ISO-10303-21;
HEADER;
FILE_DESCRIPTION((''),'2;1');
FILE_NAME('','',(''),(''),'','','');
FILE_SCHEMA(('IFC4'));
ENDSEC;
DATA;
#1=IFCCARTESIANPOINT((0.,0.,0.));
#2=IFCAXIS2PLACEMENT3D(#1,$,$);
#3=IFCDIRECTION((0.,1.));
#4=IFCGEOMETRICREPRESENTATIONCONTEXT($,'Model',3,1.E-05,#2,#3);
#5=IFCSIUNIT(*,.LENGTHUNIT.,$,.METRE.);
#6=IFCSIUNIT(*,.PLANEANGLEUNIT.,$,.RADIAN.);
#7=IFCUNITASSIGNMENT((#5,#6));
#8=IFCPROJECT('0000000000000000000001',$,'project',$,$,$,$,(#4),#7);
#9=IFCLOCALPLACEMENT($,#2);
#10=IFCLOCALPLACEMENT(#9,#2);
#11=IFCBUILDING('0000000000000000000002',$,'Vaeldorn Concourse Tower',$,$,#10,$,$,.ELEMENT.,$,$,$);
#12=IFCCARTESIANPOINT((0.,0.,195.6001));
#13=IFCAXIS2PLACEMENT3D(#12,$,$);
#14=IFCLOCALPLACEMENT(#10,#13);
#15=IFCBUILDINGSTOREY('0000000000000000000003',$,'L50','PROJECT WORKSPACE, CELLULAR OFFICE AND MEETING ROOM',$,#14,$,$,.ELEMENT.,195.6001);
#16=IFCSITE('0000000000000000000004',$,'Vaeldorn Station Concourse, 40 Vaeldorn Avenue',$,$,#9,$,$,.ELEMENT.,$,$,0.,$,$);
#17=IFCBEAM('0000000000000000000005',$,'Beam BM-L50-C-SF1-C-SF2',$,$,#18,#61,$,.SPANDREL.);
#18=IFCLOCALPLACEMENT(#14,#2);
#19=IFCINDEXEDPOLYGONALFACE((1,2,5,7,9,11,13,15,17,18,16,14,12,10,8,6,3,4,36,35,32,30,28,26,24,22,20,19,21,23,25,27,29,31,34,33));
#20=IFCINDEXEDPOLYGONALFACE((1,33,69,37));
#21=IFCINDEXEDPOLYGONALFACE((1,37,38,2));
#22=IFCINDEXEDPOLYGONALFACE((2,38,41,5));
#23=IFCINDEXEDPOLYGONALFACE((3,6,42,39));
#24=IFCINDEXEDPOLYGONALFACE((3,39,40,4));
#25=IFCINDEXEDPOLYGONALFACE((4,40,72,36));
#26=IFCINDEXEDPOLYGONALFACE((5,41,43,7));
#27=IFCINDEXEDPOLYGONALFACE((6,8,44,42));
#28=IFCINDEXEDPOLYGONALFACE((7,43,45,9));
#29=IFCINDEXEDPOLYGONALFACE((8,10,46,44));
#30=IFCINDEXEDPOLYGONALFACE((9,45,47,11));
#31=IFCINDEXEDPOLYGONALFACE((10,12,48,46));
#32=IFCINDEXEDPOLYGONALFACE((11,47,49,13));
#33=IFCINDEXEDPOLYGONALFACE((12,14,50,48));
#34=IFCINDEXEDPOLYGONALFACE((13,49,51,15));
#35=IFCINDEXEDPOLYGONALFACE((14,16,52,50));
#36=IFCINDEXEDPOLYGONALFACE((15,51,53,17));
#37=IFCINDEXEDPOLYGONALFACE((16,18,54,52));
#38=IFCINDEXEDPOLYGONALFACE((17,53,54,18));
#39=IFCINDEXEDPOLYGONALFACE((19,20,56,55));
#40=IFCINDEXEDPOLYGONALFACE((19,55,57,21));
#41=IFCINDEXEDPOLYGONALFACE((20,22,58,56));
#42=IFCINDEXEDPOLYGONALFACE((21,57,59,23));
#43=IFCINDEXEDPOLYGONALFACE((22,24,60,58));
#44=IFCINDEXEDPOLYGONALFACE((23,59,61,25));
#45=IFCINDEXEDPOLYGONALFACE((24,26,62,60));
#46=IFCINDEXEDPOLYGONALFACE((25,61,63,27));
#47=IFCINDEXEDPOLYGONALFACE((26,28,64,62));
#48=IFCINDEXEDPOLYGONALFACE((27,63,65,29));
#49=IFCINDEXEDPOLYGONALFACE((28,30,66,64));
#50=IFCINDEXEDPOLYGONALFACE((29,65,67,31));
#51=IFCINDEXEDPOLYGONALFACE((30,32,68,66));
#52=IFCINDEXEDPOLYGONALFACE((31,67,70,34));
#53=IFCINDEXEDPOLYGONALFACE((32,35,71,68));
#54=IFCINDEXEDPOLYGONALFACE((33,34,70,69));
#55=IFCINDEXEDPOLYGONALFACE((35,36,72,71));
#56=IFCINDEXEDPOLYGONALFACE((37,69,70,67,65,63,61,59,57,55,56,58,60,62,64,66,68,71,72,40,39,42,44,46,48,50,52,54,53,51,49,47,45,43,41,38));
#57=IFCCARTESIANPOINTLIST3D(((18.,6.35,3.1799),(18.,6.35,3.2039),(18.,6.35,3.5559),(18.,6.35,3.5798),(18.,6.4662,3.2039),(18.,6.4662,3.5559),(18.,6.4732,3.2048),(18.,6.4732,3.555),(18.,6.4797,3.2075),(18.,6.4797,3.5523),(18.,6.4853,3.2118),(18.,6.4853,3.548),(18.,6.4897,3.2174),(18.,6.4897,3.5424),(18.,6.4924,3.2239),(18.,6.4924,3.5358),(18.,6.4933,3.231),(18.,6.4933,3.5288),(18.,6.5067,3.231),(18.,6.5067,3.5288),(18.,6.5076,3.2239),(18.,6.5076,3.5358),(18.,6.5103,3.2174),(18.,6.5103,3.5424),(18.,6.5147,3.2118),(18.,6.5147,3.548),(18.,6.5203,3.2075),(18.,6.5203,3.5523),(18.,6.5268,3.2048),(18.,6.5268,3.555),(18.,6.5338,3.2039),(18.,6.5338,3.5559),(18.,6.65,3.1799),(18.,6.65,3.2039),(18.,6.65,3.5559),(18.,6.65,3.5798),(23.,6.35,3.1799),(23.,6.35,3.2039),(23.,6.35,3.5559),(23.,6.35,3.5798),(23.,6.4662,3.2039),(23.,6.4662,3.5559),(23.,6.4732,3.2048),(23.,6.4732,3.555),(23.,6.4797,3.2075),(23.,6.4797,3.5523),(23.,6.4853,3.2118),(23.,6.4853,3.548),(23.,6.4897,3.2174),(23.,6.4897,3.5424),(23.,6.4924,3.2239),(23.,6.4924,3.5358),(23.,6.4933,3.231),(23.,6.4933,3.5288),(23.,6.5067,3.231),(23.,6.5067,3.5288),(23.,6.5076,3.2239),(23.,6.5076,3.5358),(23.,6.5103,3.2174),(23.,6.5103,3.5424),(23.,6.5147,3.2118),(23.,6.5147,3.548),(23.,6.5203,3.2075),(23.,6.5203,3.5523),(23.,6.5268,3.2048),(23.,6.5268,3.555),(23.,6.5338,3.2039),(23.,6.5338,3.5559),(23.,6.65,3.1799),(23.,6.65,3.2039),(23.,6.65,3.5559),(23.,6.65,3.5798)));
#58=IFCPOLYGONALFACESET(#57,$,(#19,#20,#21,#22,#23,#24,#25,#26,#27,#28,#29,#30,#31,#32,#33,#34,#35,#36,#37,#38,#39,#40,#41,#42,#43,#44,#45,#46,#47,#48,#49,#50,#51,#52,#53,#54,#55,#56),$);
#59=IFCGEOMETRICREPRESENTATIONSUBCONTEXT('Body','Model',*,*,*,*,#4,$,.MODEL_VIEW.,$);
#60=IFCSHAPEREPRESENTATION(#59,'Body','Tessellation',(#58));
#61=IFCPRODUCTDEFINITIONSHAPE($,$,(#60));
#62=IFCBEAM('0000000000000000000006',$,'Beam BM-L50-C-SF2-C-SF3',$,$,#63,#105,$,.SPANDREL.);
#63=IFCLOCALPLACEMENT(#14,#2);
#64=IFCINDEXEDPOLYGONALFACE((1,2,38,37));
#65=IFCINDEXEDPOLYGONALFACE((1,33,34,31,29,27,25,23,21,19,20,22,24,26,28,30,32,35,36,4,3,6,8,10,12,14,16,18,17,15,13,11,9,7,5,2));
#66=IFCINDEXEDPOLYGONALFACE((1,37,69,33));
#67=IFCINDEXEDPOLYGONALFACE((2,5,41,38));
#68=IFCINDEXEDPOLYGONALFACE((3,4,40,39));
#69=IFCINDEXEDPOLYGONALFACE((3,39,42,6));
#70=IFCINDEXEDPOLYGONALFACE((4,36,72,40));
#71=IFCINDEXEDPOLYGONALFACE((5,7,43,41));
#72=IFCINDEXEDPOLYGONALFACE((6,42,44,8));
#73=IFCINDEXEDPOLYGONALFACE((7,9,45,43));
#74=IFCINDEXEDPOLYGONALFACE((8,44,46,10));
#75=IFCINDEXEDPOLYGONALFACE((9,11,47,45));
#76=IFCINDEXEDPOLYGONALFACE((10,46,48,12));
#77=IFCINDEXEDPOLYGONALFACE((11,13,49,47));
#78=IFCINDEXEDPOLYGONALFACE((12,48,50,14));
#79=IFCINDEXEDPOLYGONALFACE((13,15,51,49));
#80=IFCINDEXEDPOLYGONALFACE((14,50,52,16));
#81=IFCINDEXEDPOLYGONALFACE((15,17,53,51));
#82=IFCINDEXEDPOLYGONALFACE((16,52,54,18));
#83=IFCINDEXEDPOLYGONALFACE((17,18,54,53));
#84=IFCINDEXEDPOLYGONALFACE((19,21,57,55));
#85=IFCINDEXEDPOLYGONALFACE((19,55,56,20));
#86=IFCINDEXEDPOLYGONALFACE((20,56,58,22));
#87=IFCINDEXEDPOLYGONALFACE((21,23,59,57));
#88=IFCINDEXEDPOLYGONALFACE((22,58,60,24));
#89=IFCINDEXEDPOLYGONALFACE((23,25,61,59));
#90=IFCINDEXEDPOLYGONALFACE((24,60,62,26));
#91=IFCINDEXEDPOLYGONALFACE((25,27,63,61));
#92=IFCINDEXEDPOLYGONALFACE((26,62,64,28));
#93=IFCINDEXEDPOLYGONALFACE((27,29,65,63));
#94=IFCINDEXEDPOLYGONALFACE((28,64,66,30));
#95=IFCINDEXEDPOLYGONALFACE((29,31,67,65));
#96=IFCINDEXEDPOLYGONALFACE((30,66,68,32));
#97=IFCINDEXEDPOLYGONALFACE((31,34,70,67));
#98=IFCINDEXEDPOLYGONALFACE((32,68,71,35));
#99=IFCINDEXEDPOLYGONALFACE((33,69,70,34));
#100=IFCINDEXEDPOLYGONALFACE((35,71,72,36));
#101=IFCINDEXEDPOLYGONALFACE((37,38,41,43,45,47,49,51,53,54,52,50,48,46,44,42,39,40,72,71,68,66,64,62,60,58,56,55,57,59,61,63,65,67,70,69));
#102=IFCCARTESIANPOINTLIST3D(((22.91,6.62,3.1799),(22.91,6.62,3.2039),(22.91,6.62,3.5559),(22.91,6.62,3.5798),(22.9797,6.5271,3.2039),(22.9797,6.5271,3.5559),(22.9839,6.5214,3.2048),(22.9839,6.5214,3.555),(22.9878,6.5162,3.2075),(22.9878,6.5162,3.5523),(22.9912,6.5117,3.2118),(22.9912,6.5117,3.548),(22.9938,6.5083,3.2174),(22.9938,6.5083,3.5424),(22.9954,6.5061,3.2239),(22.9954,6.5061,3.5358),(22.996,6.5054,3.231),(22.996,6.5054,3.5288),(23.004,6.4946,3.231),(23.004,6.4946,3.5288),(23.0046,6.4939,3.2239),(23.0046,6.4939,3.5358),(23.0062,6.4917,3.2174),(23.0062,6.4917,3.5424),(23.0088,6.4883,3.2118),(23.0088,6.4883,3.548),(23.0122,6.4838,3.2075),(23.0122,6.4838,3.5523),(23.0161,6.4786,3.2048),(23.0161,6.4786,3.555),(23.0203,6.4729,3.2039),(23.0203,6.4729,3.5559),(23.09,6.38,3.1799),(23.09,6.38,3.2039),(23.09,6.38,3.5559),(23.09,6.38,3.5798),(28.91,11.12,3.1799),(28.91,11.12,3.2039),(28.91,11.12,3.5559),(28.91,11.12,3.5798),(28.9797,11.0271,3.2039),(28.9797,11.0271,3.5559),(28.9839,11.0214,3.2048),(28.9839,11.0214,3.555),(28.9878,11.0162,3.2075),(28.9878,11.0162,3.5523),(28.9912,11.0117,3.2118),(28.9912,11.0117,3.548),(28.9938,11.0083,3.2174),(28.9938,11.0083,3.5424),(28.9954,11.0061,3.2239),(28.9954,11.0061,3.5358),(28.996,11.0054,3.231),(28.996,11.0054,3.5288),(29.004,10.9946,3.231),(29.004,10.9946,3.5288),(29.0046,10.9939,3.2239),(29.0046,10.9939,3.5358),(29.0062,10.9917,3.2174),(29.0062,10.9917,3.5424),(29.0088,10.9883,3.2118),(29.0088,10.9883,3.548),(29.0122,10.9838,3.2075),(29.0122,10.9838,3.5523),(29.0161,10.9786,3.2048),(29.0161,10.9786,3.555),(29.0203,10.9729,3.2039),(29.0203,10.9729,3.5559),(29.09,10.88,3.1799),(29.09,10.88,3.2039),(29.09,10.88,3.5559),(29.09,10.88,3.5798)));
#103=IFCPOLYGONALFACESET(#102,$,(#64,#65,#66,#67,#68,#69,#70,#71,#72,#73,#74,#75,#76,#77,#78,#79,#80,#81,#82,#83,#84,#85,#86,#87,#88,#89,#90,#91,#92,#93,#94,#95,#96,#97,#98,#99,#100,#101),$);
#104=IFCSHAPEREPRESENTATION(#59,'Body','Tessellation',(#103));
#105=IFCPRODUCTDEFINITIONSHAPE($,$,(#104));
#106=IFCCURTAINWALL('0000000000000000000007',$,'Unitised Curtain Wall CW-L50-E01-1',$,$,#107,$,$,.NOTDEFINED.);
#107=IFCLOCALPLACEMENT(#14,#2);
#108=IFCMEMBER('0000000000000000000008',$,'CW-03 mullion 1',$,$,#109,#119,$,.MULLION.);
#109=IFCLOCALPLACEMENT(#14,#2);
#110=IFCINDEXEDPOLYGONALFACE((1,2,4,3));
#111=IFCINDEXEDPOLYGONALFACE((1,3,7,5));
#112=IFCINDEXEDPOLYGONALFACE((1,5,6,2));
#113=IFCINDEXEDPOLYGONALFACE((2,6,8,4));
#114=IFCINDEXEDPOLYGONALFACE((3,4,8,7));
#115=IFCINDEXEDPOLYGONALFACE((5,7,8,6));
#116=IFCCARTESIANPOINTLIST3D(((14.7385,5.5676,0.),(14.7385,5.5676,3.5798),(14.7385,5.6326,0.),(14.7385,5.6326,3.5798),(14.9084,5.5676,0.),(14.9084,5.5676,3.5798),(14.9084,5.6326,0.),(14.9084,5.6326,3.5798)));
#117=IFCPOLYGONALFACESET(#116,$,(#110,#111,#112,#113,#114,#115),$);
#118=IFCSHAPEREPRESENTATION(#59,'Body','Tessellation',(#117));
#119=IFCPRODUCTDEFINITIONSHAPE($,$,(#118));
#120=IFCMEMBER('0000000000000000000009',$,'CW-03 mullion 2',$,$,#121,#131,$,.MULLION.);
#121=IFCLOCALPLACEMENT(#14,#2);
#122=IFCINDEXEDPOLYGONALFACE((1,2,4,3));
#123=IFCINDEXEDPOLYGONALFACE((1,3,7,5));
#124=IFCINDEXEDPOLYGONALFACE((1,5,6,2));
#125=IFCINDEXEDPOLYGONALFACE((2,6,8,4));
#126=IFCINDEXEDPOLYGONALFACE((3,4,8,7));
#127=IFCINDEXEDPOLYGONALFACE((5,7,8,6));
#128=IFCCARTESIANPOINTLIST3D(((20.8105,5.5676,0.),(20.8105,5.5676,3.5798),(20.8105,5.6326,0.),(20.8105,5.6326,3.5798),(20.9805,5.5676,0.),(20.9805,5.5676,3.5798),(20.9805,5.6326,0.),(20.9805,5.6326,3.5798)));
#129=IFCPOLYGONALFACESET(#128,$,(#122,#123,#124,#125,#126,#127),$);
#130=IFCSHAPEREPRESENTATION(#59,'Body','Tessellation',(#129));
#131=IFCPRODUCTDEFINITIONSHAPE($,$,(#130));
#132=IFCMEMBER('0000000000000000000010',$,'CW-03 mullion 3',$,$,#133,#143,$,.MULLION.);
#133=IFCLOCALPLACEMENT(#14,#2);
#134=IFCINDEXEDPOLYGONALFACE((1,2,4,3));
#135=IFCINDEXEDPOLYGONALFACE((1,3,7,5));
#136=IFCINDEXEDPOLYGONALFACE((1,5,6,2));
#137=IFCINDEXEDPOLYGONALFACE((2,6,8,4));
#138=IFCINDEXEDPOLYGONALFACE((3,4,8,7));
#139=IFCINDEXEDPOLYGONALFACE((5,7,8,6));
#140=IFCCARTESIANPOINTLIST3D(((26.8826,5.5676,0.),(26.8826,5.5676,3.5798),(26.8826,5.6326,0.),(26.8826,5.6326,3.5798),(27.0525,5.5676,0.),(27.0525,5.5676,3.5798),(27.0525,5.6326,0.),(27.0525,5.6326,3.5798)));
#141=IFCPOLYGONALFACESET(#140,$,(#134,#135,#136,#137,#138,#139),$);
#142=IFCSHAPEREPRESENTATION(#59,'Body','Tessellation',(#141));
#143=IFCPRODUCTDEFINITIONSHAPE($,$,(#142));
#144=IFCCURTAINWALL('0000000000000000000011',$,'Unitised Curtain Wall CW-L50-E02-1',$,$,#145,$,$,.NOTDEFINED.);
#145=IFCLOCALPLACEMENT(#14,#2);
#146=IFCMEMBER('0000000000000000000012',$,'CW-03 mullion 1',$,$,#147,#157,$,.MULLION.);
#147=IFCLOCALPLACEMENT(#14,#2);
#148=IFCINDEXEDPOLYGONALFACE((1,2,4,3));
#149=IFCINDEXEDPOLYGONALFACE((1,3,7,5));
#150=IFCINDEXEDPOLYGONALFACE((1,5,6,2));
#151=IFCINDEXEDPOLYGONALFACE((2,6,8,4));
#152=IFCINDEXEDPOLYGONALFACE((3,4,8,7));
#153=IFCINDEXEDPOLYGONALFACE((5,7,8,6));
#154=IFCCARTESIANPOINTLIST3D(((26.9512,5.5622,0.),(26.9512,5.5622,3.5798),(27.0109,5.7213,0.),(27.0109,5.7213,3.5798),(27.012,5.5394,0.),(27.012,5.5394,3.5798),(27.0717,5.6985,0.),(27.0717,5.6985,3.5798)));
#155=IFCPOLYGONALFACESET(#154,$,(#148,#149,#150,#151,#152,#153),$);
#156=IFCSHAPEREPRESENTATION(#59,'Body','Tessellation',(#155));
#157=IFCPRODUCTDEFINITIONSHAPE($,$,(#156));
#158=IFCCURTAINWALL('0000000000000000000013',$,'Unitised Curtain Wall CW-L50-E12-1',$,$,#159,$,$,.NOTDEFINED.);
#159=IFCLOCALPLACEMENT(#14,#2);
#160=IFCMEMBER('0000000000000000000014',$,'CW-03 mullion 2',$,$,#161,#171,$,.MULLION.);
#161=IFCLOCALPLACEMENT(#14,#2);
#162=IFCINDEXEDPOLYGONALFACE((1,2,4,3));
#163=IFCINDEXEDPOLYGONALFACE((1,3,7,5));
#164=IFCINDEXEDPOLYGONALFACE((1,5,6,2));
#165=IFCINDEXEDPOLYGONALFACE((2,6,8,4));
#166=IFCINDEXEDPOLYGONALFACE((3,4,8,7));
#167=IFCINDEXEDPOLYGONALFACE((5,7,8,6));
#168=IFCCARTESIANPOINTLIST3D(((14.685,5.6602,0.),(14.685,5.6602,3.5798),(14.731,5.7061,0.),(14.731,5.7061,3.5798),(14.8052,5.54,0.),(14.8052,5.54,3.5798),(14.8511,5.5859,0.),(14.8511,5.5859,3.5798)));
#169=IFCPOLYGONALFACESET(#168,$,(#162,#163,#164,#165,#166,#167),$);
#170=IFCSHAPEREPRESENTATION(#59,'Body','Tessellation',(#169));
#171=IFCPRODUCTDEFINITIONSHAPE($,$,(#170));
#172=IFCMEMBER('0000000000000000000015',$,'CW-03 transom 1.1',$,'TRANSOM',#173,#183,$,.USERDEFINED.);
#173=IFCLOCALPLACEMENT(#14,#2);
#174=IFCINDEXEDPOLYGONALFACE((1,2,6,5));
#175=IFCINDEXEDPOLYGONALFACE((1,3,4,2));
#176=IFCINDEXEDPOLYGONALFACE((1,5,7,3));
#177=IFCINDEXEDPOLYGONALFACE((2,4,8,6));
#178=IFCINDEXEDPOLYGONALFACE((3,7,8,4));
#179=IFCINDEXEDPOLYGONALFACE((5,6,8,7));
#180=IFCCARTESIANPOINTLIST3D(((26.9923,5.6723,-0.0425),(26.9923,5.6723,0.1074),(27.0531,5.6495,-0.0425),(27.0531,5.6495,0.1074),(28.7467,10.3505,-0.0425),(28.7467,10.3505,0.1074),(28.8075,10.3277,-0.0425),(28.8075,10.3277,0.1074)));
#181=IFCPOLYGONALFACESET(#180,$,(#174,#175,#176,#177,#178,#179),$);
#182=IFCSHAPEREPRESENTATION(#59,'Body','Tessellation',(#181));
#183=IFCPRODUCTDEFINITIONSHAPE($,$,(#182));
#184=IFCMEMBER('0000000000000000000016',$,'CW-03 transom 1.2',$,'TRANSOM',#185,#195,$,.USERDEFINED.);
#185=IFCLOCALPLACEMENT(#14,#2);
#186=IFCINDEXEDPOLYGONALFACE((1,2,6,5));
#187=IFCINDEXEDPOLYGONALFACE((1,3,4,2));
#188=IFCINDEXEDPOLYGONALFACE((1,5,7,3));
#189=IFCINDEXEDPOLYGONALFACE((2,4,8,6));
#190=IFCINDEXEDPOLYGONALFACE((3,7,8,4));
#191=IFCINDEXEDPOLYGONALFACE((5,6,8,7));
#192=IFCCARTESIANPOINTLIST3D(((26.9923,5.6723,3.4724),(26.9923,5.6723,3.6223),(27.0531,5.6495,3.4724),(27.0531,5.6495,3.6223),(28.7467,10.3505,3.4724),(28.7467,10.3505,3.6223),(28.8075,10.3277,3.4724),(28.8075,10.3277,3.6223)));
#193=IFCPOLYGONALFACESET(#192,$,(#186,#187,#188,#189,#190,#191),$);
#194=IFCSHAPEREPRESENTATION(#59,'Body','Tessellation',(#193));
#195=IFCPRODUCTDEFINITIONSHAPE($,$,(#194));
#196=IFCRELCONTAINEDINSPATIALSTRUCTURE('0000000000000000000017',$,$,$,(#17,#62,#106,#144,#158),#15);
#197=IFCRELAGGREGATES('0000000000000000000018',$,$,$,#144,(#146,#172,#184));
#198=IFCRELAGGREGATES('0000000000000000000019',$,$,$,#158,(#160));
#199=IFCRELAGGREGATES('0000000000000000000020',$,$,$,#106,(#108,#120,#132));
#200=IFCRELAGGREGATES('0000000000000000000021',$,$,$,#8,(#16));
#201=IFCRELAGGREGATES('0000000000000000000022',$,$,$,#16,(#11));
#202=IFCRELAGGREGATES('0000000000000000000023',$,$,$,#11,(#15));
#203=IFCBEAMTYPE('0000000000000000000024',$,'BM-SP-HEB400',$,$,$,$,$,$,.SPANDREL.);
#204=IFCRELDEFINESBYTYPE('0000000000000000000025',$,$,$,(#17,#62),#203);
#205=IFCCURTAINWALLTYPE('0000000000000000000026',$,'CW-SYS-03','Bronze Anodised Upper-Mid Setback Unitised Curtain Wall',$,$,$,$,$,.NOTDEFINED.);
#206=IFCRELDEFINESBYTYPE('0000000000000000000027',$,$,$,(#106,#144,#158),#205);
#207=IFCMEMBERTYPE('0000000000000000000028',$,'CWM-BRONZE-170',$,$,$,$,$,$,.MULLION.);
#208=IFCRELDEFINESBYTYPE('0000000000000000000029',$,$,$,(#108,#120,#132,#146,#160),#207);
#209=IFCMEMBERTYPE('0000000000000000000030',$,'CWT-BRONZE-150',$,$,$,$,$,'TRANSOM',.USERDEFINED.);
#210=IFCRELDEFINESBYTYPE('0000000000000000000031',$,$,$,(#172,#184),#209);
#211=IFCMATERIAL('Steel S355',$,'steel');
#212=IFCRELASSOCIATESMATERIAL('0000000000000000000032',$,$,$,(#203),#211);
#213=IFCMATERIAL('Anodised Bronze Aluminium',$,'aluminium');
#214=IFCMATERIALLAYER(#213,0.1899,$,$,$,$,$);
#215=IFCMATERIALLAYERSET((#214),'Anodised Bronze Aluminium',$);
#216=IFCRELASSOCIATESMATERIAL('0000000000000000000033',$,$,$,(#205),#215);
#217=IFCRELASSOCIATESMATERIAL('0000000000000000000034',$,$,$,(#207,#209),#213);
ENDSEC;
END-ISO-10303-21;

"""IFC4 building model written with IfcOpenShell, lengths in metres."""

from ifc_helpers import new_model, si_unit, direction, frame, origin, origin_2d, place, context, subcontext, project, spatial, rectangle, i_section, extrude, source, transform, mapped, material, layer, layer_set, material_profile, profile_set, type_object, element, aggregate, save


model = new_model("IFC4")

# Units and contexts
model_context = context("Model", 3, precision=1e-05, world=origin(), true_north=direction((0.0, 1.0)))
body_context = subcontext(model_context, "Body", "Model", "MODEL_VIEW")
ifc_project = project(units=[si_unit("LENGTHUNIT", "METRE"), si_unit("PLANEANGLEUNIT", "RADIAN")], contexts=[model_context])

# Site, building, storey
site_placement = place(None, origin())
site = spatial("IfcSite", under=ifc_project, at=site_placement, Name="Vaeldorn Station Concourse, 40 Vaeldorn Avenue", CompositionType="ELEMENT", RefElevation=0.0)
building_placement = place(site_placement, origin())
building = spatial("IfcBuilding", under=site, at=building_placement, Name="Vaeldorn Concourse Tower", CompositionType="ELEMENT")
storey_placement = place(building_placement, frame((0.0, 0.0, 195.6001)))
storey = spatial("IfcBuildingStorey", under=building, at=storey_placement, Name="L50", Description="PROJECT WORKSPACE, CELLULAR OFFICE AND MEETING ROOM", CompositionType="ELEMENT", Elevation=195.6001)

# Shared definitions
ifc_material_1 = material(Name="Steel S355", Category="steel")

# Beams
ifc_material_profile_1 = material_profile(ifc_material_1, i_section(OverallWidth=0.3, OverallDepth=0.3999, WebThickness=0.0134, FlangeThickness=0.0239, FilletRadius=0.0271, at=origin_2d()), Name="HEB 400")
ifc_profile_set_1 = profile_set([ifc_material_profile_1], Name="Steel S355")
beam_type_1 = type_object("IfcBeamType", Name="BM-SP-HEB400", PredefinedType="SPANDREL", material=ifc_profile_set_1)
shared_shape_1 = source(origin(), body_context, "Body", "SweptSolid", [
    extrude(i_section(OverallWidth=0.3, OverallDepth=0.3999, WebThickness=0.0134, FlangeThickness=0.0239, FilletRadius=0.0271, at=origin_2d()), origin(), (0.0, 0.0, 1.0), 5.0),
])
beam_1_placement = place(storey_placement, frame((18.0, 6.5, 3.3799), z_axis=(1.0, 0.0, 0.0), x_axis=(0.0, 1.0, 0.0)))
element("IfcBeam", 1, at=beam_1_placement, inside=storey, type_object=beam_type_1, Name="Beam BM-L50-C-SF1-C-SF2", PredefinedType="SPANDREL", context=body_context, shape_type="MappedRepresentation", body=[
    mapped(shared_shape_1, transform((0.0, 0.0, 0.0), scale=1.0)),
])
shared_shape_2 = source(origin(), body_context, "Body", "SweptSolid", [
    extrude(i_section(OverallWidth=0.3, OverallDepth=0.3999, WebThickness=0.0134, FlangeThickness=0.0239, FilletRadius=0.0271, at=origin_2d()), origin(), (0.0, 0.0, 1.0), 7.5),
])
beam_2_placement = place(storey_placement, frame((23.0, 6.5, 3.3799), z_axis=(0.8, 0.6, 0.0), x_axis=(-0.6, 0.8, 0.0)))
element("IfcBeam", 2, at=beam_2_placement, inside=storey, type_object=beam_type_1, Name="Beam BM-L50-C-SF2-C-SF3", PredefinedType="SPANDREL", context=body_context, shape_type="MappedRepresentation", body=[
    mapped(shared_shape_2, transform((0.0, 0.0, 0.0), scale=1.0)),
])

# Curtain wall, members
ifc_material_2 = material(Name="Anodised Bronze Aluminium", Category="aluminium")
ifc_layer_1 = layer(ifc_material_2, 0.1899)
ifc_layer_set_1 = layer_set([ifc_layer_1], Name="Anodised Bronze Aluminium")
curtain_wall_type = type_object("IfcCurtainWallType", Name="CW-SYS-03", Description="Bronze Anodised Upper-Mid Setback Unitised Curtain Wall", PredefinedType="NOTDEFINED", material=ifc_layer_set_1)
curtain_wall_1_placement = place(storey_placement, origin())
curtain_wall_1 = element("IfcCurtainWall", 3, at=curtain_wall_1_placement, inside=storey, type_object=curtain_wall_type, Name="Unitised Curtain Wall CW-L50-E01-1", PredefinedType="NOTDEFINED")
ifc_material_profile_2 = material_profile(ifc_material_2, rectangle(XDim=0.0649, YDim=0.1699, at=origin_2d()), Name="CWM 65x170")
ifc_profile_set_2 = profile_set([ifc_material_profile_2], Name="Anodised Bronze Aluminium")
member_type_1 = type_object("IfcMemberType", Name="CWM-BRONZE-170", PredefinedType="MULLION", material=ifc_profile_set_2)
shared_shape_3 = source(origin(), body_context, "Body", "SweptSolid", [
    extrude(rectangle(XDim=0.0649, YDim=0.1699, at=origin_2d()), origin(), (0.0, 0.0, 1.0), 3.5798),
])
member_1_placement = place(storey_placement, frame((14.8235, 5.6001, 0.0), z_axis=(0.0, 0.0, 1.0), x_axis=(0.0, 1.0, 0.0)))
member_1 = element("IfcMember", 4, at=member_1_placement, type_object=member_type_1, Name="CW-03 mullion 1", PredefinedType="MULLION", context=body_context, shape_type="MappedRepresentation", body=[
    mapped(shared_shape_3, transform((0.0, 0.0, 0.0), scale=1.0)),
])
member_2_placement = place(storey_placement, frame((20.8955, 5.6001, 0.0), z_axis=(0.0, 0.0, 1.0), x_axis=(0.0, 1.0, 0.0)))
member_2 = element("IfcMember", 5, at=member_2_placement, type_object=member_type_1, Name="CW-03 mullion 2", PredefinedType="MULLION", context=body_context, shape_type="MappedRepresentation", body=[
    mapped(shared_shape_3, transform((0.0, 0.0, 0.0), scale=1.0)),
])
member_3_placement = place(storey_placement, frame((26.9675, 5.6001, 0.0), z_axis=(0.0, 0.0, 1.0), x_axis=(0.0, 1.0, 0.0)))
member_3 = element("IfcMember", 6, at=member_3_placement, type_object=member_type_1, Name="CW-03 mullion 3", PredefinedType="MULLION", context=body_context, shape_type="MappedRepresentation", body=[
    mapped(shared_shape_3, transform((0.0, 0.0, 0.0), scale=1.0)),
])

# Curtain walls, members
curtain_wall_2_placement = place(storey_placement, origin())
curtain_wall_2 = element("IfcCurtainWall", 7, at=curtain_wall_2_placement, inside=storey, type_object=curtain_wall_type, Name="Unitised Curtain Wall CW-L50-E02-1", PredefinedType="NOTDEFINED")
member_4_placement = place(storey_placement, frame((27.0115, 5.6304, 0.0), z_axis=(0.0, 0.0, 1.0), x_axis=(-0.936329, 0.351123, 0.0)))
member_4 = element("IfcMember", 8, at=member_4_placement, type_object=member_type_1, Name="CW-03 mullion 1", PredefinedType="MULLION", context=body_context, shape_type="MappedRepresentation", body=[
    mapped(shared_shape_3, transform((0.0, 0.0, 0.0), scale=1.0)),
])
curtain_wall_3_placement = place(storey_placement, origin())
curtain_wall_3 = element("IfcCurtainWall", 9, at=curtain_wall_3_placement, inside=storey, type_object=curtain_wall_type, Name="Unitised Curtain Wall CW-L50-E12-1", PredefinedType="NOTDEFINED")
member_5_placement = place(storey_placement, frame((14.7681, 5.623, 0.0), z_axis=(0.0, 0.0, 1.0), x_axis=(0.707107, 0.707107, 0.0)))
member_5 = element("IfcMember", 10, at=member_5_placement, type_object=member_type_1, Name="CW-03 mullion 2", PredefinedType="MULLION", context=body_context, shape_type="MappedRepresentation", body=[
    mapped(shared_shape_3, transform((0.0, 0.0, 0.0), scale=1.0)),
])

# Members
ifc_material_profile_3 = material_profile(ifc_material_2, rectangle(XDim=0.0649, YDim=0.1499, at=origin_2d()), Name="CWT 65x150")
ifc_profile_set_3 = profile_set([ifc_material_profile_3], Name="Anodised Bronze Aluminium")
member_type_2 = type_object("IfcMemberType", Name="CWT-BRONZE-150", ElementType="TRANSOM", PredefinedType="USERDEFINED", material=ifc_profile_set_3)
shared_shape_4 = source(origin(), body_context, "Body", "SweptSolid", [
    extrude(rectangle(XDim=0.0649, YDim=0.1499, at=origin_2d()), origin(), (0.0, 0.0, 1.0), 4.9963),
])
member_6_placement = place(storey_placement, frame((27.0227, 5.6609, 0.0325), z_axis=(0.351134, 0.936325, 0.0), x_axis=(-0.936325, 0.351134, 0.0)))
member_6 = element("IfcMember", 11, at=member_6_placement, type_object=member_type_2, Name="CW-03 transom 1.1", ObjectType="TRANSOM", PredefinedType="USERDEFINED", context=body_context, shape_type="MappedRepresentation", body=[
    mapped(shared_shape_4, transform((0.0, 0.0, 0.0), scale=1.0)),
])
member_7_placement = place(storey_placement, frame((27.0227, 5.6609, 3.5474), z_axis=(0.351134, 0.936325, 0.0), x_axis=(-0.936325, 0.351134, 0.0)))
member_7 = element("IfcMember", 12, at=member_7_placement, type_object=member_type_2, Name="CW-03 transom 1.2", ObjectType="TRANSOM", PredefinedType="USERDEFINED", context=body_context, shape_type="MappedRepresentation", body=[
    mapped(shared_shape_4, transform((0.0, 0.0, 0.0), scale=1.0)),
])
aggregate(curtain_wall_2, [member_4, member_6, member_7])

aggregate(curtain_wall_3, [member_5])
aggregate(curtain_wall_1, [member_1, member_2, member_3])

save(model, "model.ifc")
